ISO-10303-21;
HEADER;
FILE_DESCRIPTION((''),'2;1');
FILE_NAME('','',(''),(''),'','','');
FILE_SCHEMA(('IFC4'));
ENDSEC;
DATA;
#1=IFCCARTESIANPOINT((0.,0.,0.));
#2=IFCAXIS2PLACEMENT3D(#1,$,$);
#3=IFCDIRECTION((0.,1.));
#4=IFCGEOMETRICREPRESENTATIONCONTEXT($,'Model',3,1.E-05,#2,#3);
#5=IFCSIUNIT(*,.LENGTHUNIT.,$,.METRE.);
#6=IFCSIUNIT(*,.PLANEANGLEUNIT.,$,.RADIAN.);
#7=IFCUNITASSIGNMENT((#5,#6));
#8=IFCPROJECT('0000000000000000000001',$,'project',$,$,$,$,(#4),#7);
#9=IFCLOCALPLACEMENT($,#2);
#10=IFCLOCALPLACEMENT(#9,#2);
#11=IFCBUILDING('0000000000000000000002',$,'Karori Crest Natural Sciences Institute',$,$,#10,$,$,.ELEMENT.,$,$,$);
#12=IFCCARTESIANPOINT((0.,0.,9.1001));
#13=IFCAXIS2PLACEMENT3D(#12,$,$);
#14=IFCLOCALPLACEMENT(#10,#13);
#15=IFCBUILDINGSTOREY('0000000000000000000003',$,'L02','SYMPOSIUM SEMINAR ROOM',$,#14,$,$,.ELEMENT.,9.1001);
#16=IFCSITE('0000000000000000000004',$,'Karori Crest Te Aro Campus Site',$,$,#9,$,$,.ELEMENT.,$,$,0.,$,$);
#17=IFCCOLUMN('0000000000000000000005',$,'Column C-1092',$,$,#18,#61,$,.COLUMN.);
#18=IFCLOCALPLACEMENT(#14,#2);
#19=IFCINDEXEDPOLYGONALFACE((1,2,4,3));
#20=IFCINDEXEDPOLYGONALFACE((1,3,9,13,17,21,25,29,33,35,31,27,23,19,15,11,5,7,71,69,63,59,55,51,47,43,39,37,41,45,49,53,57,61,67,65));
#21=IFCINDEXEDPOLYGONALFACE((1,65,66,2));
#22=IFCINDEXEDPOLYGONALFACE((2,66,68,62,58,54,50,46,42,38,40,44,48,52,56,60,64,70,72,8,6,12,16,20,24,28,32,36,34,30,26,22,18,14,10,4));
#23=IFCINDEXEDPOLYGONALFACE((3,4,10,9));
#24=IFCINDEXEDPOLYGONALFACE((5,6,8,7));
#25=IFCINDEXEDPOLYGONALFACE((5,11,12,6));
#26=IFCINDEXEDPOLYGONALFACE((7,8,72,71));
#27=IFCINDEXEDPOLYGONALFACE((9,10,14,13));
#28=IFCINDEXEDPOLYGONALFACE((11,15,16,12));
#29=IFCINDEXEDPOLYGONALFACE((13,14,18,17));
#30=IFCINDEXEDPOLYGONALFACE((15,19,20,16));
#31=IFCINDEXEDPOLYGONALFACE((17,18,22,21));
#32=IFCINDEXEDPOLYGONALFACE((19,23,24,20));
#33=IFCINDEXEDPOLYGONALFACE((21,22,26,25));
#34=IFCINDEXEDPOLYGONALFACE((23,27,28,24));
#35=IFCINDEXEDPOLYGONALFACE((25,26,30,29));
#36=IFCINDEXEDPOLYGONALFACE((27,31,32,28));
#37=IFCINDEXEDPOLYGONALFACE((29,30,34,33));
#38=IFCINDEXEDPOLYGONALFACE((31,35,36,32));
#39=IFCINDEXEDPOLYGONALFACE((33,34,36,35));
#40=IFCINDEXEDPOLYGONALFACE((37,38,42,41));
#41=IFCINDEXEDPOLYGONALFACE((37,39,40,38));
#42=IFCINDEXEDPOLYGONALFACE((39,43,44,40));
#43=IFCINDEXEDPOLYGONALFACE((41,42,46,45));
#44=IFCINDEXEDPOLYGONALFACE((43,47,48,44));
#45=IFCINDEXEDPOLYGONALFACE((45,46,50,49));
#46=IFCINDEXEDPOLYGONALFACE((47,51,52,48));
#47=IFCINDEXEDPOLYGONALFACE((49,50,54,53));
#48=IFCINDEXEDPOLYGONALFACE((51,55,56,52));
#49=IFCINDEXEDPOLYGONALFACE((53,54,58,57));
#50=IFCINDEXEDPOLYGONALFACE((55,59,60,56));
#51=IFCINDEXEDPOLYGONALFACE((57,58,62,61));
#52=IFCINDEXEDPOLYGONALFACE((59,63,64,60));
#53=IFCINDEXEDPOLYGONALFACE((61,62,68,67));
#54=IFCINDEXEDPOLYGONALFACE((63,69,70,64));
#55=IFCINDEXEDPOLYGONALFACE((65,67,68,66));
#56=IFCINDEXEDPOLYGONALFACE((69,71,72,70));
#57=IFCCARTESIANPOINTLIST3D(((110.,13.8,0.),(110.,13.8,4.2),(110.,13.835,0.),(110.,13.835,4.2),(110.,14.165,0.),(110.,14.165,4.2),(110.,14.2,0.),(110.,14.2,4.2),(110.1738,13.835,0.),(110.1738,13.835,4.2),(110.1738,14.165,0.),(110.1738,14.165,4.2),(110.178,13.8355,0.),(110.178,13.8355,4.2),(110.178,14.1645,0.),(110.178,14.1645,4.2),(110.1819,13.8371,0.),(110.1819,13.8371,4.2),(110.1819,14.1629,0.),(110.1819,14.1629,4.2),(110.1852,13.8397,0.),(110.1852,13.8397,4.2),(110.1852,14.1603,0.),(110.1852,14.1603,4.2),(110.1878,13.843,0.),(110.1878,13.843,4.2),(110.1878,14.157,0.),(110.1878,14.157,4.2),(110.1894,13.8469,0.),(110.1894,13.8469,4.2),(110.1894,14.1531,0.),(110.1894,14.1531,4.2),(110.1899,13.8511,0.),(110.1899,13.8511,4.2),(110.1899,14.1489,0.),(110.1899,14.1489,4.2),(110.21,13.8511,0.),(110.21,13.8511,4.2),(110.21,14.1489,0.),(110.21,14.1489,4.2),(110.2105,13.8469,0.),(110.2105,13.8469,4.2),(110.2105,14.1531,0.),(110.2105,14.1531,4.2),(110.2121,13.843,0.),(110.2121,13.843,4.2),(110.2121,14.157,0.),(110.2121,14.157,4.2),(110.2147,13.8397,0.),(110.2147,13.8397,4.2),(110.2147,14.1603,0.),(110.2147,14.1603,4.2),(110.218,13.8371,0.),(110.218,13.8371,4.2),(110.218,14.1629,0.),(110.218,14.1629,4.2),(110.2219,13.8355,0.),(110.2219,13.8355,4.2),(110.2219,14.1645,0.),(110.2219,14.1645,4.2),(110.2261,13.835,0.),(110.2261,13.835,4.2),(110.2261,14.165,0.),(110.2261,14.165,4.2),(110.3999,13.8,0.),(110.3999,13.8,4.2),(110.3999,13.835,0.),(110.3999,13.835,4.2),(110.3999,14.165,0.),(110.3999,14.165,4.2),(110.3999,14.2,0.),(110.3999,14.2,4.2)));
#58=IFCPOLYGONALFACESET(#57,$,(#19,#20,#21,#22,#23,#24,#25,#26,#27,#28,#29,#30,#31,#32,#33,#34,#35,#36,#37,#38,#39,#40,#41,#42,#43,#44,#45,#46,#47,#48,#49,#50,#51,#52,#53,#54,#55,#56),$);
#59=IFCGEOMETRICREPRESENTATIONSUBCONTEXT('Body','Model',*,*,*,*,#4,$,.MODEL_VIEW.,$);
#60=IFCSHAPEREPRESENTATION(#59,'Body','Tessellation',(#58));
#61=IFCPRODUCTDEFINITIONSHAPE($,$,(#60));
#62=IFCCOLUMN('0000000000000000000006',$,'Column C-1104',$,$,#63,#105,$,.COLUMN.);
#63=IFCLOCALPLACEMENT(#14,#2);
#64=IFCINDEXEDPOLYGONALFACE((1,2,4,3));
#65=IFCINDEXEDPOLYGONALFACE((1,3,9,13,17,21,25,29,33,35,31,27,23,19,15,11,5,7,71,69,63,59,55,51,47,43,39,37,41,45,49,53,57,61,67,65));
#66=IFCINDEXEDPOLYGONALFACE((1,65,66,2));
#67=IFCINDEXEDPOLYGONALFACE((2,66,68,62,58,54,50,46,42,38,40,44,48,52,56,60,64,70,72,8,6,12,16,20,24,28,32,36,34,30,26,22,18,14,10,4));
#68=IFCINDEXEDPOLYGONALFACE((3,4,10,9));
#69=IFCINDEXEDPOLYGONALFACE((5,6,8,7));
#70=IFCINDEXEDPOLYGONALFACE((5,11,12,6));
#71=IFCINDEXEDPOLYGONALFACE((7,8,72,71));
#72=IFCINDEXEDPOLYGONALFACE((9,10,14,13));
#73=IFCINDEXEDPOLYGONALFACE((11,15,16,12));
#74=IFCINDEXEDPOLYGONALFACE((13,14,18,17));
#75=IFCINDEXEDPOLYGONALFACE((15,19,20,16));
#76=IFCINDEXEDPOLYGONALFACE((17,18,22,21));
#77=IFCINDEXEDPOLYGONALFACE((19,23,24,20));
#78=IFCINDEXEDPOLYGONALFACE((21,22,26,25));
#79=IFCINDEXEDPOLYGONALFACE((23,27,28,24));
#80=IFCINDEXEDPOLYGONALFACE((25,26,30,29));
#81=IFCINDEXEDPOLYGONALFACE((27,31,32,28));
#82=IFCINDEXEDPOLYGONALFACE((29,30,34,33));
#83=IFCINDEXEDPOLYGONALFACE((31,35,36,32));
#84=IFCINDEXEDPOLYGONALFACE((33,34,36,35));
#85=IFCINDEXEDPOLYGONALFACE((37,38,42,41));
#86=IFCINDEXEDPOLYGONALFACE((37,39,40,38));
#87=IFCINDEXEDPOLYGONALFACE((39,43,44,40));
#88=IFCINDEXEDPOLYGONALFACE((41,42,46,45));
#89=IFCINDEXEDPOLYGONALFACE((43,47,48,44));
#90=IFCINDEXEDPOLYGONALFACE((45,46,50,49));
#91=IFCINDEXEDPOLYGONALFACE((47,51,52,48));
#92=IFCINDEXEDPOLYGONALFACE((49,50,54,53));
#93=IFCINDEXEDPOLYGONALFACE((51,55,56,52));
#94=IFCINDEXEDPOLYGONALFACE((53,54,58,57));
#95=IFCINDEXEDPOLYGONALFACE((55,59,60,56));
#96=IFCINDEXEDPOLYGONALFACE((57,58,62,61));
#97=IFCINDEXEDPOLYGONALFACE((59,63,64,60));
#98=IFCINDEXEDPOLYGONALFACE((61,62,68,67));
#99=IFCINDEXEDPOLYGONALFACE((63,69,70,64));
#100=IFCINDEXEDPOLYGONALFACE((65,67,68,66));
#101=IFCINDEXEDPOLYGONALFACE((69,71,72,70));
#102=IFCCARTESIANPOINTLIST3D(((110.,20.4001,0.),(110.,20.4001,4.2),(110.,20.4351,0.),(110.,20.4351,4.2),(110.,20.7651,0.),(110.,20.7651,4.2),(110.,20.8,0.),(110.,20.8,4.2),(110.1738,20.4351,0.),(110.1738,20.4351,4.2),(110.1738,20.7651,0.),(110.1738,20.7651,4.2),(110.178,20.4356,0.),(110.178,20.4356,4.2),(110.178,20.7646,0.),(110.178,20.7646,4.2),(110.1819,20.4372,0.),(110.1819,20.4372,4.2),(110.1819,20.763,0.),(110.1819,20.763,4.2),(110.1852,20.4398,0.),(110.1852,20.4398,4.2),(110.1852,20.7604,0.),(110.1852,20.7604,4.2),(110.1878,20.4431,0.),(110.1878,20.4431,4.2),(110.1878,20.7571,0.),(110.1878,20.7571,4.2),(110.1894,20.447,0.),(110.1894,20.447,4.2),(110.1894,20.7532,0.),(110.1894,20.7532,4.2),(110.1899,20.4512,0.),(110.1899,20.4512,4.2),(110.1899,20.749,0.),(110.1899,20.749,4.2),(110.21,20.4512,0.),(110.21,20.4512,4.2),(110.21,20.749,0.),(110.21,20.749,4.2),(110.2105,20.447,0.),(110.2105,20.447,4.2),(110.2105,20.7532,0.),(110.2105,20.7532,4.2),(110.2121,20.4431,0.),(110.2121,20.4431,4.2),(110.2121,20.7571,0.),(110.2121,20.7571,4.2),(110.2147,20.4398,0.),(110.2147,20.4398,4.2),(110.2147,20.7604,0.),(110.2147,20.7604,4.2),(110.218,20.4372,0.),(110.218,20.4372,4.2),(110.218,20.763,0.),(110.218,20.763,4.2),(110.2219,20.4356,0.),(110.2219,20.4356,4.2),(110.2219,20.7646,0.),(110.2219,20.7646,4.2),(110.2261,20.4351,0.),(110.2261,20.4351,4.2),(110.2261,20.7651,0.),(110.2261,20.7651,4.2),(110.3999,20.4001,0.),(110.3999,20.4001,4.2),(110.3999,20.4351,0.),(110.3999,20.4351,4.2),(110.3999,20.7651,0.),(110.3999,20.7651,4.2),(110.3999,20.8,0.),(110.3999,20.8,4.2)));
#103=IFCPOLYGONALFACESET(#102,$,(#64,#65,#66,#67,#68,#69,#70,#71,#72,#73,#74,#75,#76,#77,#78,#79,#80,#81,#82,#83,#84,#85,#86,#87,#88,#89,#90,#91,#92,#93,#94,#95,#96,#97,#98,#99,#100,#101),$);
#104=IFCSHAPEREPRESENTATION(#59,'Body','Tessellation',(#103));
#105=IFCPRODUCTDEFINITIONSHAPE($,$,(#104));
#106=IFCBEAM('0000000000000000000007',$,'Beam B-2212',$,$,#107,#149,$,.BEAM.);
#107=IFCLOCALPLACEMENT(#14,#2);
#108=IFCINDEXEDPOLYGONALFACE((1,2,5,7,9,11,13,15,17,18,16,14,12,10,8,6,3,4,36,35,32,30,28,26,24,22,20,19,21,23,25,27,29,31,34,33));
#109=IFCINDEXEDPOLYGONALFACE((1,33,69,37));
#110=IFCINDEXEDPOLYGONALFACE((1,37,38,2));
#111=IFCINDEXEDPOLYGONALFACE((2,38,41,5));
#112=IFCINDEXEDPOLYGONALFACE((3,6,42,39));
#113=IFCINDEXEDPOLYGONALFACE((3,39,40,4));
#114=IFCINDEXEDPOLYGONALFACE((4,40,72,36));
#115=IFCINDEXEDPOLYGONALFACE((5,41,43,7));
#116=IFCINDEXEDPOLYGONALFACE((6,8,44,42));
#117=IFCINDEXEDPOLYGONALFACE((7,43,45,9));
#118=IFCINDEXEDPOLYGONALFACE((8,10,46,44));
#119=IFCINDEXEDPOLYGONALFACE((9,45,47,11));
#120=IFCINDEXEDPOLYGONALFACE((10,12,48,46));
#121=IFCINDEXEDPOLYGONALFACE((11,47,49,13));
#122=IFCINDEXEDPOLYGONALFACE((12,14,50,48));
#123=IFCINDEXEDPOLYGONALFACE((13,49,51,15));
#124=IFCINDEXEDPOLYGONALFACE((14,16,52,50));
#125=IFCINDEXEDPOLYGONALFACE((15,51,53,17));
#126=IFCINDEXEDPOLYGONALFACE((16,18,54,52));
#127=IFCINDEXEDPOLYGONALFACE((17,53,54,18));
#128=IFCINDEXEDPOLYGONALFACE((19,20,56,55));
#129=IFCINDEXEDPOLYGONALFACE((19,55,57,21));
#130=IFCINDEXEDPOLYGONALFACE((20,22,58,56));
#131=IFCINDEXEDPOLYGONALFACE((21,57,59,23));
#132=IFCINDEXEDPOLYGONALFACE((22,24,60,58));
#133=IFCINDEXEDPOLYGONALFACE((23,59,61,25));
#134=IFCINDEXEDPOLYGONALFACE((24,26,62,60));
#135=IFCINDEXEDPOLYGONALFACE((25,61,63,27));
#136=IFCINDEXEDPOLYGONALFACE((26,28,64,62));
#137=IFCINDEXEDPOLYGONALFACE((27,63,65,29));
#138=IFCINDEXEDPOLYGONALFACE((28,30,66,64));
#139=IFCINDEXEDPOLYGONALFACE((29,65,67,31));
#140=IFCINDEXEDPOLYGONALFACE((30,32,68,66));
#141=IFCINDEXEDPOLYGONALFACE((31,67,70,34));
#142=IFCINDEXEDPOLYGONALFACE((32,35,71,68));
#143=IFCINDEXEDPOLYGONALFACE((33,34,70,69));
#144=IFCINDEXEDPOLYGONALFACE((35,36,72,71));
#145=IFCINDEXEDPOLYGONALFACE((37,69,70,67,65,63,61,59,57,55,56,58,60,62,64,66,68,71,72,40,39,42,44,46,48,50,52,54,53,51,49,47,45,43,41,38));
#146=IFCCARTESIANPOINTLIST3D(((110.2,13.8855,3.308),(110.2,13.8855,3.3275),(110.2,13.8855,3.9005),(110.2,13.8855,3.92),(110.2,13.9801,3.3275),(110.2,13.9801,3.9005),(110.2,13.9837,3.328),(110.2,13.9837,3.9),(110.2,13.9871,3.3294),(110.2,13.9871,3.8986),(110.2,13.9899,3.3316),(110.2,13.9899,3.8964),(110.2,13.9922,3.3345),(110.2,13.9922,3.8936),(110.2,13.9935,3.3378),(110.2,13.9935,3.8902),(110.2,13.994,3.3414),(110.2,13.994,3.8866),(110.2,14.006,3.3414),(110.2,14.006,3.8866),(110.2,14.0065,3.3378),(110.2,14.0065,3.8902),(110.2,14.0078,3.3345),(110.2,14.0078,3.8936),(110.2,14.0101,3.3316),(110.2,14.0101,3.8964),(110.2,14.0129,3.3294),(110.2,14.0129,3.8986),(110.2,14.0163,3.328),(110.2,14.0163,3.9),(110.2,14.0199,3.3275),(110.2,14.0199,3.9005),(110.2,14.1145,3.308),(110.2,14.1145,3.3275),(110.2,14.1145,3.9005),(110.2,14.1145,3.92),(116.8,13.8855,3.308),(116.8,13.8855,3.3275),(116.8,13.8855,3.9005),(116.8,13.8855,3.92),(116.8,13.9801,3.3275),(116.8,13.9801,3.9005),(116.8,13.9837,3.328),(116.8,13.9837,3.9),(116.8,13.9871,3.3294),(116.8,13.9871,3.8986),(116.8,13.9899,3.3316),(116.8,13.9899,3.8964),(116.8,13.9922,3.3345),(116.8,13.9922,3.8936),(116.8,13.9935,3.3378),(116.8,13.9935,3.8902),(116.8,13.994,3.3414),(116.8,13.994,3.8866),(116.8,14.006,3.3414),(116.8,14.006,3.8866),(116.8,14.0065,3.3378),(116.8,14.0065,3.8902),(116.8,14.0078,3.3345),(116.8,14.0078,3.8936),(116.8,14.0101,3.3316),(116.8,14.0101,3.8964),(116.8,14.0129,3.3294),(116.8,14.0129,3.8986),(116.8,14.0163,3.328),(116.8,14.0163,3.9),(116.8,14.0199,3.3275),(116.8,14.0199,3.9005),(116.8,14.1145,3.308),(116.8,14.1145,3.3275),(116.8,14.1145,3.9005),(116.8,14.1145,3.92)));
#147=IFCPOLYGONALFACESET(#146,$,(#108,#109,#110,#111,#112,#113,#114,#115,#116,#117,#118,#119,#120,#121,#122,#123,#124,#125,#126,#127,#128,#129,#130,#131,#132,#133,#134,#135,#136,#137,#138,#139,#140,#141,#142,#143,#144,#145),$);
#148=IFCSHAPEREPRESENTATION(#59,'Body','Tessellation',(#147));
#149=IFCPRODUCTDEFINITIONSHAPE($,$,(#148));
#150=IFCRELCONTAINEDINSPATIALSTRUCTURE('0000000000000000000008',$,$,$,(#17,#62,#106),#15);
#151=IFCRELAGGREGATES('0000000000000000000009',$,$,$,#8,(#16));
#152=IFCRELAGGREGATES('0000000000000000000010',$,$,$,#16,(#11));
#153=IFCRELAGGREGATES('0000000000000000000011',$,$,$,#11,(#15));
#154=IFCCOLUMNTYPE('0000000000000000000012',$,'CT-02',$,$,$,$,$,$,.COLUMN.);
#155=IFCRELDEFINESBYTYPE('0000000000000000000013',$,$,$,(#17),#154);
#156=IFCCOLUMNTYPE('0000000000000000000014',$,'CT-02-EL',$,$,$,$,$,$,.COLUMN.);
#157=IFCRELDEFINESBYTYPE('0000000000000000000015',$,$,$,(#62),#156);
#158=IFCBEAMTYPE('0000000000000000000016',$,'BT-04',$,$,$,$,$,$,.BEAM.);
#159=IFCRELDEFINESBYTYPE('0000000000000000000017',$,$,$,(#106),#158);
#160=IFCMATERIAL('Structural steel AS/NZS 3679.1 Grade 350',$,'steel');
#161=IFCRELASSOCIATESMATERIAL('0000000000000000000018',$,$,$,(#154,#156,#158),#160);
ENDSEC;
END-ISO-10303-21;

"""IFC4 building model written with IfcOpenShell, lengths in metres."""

from ifc_helpers import new_model, si_unit, direction, frame, origin, origin_2d, place, context, subcontext, project, spatial, i_section, extrude, material, material_profile, profile_set, type_object, element, save


model = new_model("IFC4")

# Units and contexts
model_context = context("Model", 3, precision=1e-05, world=origin(), true_north=direction((0.0, 1.0)))
body_context = subcontext(model_context, "Body", "Model", "MODEL_VIEW")
ifc_project = project(units=[si_unit("LENGTHUNIT", "METRE"), si_unit("PLANEANGLEUNIT", "RADIAN")], contexts=[model_context])

# Site, building, storey
site_placement = place(None, origin())
site = spatial("IfcSite", under=ifc_project, at=site_placement, Name="Karori Crest Te Aro Campus Site", CompositionType="ELEMENT", RefElevation=0.0)
building_placement = place(site_placement, origin())
building = spatial("IfcBuilding", under=site, at=building_placement, Name="Karori Crest Natural Sciences Institute", CompositionType="ELEMENT")
storey_placement = place(building_placement, frame((0.0, 0.0, 9.1001)))
storey = spatial("IfcBuildingStorey", under=building, at=storey_placement, Name="L02", Description="SYMPOSIUM SEMINAR ROOM", CompositionType="ELEMENT", Elevation=9.1001)

# Columns
ifc_material_1 = material(Name="Structural steel AS/NZS 3679.1 Grade 350", Category="steel")
ifc_material_profile_1 = material_profile(ifc_material_1, i_section(OverallWidth=0.3999, OverallDepth=0.3999, WebThickness=0.02, FlangeThickness=0.0349, FilletRadius=0.0161, at=origin_2d()), Name="400WC328")
ifc_profile_set_1 = profile_set([ifc_material_profile_1], Name="Structural steel AS/NZS 3679.1 Grade 350")
column_type_1 = type_object("IfcColumnType", Name="CT-02", PredefinedType="COLUMN", material=ifc_profile_set_1)
column_1_placement = place(storey_placement, frame((110.2, 14.0, 0.0), z_axis=(0.0, 0.0, 1.0), x_axis=(1.0, 0.0, 0.0)))
element("IfcColumn", 1, at=column_1_placement, inside=storey, type_object=column_type_1, Name="Column C-1092", PredefinedType="COLUMN", context=body_context, shape_type="SweptSolid", body=[
    extrude(i_section(OverallWidth=0.3999, OverallDepth=0.3999, WebThickness=0.02, FlangeThickness=0.0349, FilletRadius=0.0161, at=origin_2d()), origin(), (0.0, 0.0, 1.0), 4.2),
])
ifc_material_profile_2 = material_profile(ifc_material_1, i_section(OverallWidth=0.3999, OverallDepth=0.3999, WebThickness=0.02, FlangeThickness=0.0349, FilletRadius=0.0161, at=origin_2d()), Name="400WC328")
ifc_profile_set_2 = profile_set([ifc_material_profile_2], Name="Structural steel AS/NZS 3679.1 Grade 350")
column_type_2 = type_object("IfcColumnType", Name="CT-02-EL", PredefinedType="COLUMN", material=ifc_profile_set_2)
column_2_placement = place(storey_placement, frame((110.2, 20.6001, 0.0), z_axis=(0.0, 0.0, 1.0), x_axis=(1.0, 0.0, 0.0)))
element("IfcColumn", 2, at=column_2_placement, inside=storey, type_object=column_type_2, Name="Column C-1104", PredefinedType="COLUMN", context=body_context, shape_type="SweptSolid", body=[
    extrude(i_section(OverallWidth=0.3999, OverallDepth=0.3999, WebThickness=0.02, FlangeThickness=0.0349, FilletRadius=0.0161, at=origin_2d()), origin(), (0.0, 0.0, 1.0), 4.2),
])

# Beam
ifc_material_profile_3 = material_profile(ifc_material_1, i_section(OverallWidth=0.229, OverallDepth=0.6121, WebThickness=0.012, FlangeThickness=0.0195, FilletRadius=0.0139, at=origin_2d()), Name="610UB125")
ifc_profile_set_3 = profile_set([ifc_material_profile_3], Name="Structural steel AS/NZS 3679.1 Grade 350")
beam_type_1 = type_object("IfcBeamType", Name="BT-04", PredefinedType="BEAM", material=ifc_profile_set_3)
beam_1_placement = place(storey_placement, frame((110.2, 14.0, 3.614), z_axis=(1.0, 0.0, 0.0), x_axis=(0.0, 1.0, 0.0)))
element("IfcBeam", 3, at=beam_1_placement, inside=storey, type_object=beam_type_1, Name="Beam B-2212", PredefinedType="BEAM", context=body_context, shape_type="SweptSolid", body=[
    extrude(i_section(OverallWidth=0.229, OverallDepth=0.6121, WebThickness=0.012, FlangeThickness=0.0195, FilletRadius=0.0139, at=origin_2d()), origin(), (0.0, 0.0, 1.0), 6.6001),
])

save(model, "model.ifc")
